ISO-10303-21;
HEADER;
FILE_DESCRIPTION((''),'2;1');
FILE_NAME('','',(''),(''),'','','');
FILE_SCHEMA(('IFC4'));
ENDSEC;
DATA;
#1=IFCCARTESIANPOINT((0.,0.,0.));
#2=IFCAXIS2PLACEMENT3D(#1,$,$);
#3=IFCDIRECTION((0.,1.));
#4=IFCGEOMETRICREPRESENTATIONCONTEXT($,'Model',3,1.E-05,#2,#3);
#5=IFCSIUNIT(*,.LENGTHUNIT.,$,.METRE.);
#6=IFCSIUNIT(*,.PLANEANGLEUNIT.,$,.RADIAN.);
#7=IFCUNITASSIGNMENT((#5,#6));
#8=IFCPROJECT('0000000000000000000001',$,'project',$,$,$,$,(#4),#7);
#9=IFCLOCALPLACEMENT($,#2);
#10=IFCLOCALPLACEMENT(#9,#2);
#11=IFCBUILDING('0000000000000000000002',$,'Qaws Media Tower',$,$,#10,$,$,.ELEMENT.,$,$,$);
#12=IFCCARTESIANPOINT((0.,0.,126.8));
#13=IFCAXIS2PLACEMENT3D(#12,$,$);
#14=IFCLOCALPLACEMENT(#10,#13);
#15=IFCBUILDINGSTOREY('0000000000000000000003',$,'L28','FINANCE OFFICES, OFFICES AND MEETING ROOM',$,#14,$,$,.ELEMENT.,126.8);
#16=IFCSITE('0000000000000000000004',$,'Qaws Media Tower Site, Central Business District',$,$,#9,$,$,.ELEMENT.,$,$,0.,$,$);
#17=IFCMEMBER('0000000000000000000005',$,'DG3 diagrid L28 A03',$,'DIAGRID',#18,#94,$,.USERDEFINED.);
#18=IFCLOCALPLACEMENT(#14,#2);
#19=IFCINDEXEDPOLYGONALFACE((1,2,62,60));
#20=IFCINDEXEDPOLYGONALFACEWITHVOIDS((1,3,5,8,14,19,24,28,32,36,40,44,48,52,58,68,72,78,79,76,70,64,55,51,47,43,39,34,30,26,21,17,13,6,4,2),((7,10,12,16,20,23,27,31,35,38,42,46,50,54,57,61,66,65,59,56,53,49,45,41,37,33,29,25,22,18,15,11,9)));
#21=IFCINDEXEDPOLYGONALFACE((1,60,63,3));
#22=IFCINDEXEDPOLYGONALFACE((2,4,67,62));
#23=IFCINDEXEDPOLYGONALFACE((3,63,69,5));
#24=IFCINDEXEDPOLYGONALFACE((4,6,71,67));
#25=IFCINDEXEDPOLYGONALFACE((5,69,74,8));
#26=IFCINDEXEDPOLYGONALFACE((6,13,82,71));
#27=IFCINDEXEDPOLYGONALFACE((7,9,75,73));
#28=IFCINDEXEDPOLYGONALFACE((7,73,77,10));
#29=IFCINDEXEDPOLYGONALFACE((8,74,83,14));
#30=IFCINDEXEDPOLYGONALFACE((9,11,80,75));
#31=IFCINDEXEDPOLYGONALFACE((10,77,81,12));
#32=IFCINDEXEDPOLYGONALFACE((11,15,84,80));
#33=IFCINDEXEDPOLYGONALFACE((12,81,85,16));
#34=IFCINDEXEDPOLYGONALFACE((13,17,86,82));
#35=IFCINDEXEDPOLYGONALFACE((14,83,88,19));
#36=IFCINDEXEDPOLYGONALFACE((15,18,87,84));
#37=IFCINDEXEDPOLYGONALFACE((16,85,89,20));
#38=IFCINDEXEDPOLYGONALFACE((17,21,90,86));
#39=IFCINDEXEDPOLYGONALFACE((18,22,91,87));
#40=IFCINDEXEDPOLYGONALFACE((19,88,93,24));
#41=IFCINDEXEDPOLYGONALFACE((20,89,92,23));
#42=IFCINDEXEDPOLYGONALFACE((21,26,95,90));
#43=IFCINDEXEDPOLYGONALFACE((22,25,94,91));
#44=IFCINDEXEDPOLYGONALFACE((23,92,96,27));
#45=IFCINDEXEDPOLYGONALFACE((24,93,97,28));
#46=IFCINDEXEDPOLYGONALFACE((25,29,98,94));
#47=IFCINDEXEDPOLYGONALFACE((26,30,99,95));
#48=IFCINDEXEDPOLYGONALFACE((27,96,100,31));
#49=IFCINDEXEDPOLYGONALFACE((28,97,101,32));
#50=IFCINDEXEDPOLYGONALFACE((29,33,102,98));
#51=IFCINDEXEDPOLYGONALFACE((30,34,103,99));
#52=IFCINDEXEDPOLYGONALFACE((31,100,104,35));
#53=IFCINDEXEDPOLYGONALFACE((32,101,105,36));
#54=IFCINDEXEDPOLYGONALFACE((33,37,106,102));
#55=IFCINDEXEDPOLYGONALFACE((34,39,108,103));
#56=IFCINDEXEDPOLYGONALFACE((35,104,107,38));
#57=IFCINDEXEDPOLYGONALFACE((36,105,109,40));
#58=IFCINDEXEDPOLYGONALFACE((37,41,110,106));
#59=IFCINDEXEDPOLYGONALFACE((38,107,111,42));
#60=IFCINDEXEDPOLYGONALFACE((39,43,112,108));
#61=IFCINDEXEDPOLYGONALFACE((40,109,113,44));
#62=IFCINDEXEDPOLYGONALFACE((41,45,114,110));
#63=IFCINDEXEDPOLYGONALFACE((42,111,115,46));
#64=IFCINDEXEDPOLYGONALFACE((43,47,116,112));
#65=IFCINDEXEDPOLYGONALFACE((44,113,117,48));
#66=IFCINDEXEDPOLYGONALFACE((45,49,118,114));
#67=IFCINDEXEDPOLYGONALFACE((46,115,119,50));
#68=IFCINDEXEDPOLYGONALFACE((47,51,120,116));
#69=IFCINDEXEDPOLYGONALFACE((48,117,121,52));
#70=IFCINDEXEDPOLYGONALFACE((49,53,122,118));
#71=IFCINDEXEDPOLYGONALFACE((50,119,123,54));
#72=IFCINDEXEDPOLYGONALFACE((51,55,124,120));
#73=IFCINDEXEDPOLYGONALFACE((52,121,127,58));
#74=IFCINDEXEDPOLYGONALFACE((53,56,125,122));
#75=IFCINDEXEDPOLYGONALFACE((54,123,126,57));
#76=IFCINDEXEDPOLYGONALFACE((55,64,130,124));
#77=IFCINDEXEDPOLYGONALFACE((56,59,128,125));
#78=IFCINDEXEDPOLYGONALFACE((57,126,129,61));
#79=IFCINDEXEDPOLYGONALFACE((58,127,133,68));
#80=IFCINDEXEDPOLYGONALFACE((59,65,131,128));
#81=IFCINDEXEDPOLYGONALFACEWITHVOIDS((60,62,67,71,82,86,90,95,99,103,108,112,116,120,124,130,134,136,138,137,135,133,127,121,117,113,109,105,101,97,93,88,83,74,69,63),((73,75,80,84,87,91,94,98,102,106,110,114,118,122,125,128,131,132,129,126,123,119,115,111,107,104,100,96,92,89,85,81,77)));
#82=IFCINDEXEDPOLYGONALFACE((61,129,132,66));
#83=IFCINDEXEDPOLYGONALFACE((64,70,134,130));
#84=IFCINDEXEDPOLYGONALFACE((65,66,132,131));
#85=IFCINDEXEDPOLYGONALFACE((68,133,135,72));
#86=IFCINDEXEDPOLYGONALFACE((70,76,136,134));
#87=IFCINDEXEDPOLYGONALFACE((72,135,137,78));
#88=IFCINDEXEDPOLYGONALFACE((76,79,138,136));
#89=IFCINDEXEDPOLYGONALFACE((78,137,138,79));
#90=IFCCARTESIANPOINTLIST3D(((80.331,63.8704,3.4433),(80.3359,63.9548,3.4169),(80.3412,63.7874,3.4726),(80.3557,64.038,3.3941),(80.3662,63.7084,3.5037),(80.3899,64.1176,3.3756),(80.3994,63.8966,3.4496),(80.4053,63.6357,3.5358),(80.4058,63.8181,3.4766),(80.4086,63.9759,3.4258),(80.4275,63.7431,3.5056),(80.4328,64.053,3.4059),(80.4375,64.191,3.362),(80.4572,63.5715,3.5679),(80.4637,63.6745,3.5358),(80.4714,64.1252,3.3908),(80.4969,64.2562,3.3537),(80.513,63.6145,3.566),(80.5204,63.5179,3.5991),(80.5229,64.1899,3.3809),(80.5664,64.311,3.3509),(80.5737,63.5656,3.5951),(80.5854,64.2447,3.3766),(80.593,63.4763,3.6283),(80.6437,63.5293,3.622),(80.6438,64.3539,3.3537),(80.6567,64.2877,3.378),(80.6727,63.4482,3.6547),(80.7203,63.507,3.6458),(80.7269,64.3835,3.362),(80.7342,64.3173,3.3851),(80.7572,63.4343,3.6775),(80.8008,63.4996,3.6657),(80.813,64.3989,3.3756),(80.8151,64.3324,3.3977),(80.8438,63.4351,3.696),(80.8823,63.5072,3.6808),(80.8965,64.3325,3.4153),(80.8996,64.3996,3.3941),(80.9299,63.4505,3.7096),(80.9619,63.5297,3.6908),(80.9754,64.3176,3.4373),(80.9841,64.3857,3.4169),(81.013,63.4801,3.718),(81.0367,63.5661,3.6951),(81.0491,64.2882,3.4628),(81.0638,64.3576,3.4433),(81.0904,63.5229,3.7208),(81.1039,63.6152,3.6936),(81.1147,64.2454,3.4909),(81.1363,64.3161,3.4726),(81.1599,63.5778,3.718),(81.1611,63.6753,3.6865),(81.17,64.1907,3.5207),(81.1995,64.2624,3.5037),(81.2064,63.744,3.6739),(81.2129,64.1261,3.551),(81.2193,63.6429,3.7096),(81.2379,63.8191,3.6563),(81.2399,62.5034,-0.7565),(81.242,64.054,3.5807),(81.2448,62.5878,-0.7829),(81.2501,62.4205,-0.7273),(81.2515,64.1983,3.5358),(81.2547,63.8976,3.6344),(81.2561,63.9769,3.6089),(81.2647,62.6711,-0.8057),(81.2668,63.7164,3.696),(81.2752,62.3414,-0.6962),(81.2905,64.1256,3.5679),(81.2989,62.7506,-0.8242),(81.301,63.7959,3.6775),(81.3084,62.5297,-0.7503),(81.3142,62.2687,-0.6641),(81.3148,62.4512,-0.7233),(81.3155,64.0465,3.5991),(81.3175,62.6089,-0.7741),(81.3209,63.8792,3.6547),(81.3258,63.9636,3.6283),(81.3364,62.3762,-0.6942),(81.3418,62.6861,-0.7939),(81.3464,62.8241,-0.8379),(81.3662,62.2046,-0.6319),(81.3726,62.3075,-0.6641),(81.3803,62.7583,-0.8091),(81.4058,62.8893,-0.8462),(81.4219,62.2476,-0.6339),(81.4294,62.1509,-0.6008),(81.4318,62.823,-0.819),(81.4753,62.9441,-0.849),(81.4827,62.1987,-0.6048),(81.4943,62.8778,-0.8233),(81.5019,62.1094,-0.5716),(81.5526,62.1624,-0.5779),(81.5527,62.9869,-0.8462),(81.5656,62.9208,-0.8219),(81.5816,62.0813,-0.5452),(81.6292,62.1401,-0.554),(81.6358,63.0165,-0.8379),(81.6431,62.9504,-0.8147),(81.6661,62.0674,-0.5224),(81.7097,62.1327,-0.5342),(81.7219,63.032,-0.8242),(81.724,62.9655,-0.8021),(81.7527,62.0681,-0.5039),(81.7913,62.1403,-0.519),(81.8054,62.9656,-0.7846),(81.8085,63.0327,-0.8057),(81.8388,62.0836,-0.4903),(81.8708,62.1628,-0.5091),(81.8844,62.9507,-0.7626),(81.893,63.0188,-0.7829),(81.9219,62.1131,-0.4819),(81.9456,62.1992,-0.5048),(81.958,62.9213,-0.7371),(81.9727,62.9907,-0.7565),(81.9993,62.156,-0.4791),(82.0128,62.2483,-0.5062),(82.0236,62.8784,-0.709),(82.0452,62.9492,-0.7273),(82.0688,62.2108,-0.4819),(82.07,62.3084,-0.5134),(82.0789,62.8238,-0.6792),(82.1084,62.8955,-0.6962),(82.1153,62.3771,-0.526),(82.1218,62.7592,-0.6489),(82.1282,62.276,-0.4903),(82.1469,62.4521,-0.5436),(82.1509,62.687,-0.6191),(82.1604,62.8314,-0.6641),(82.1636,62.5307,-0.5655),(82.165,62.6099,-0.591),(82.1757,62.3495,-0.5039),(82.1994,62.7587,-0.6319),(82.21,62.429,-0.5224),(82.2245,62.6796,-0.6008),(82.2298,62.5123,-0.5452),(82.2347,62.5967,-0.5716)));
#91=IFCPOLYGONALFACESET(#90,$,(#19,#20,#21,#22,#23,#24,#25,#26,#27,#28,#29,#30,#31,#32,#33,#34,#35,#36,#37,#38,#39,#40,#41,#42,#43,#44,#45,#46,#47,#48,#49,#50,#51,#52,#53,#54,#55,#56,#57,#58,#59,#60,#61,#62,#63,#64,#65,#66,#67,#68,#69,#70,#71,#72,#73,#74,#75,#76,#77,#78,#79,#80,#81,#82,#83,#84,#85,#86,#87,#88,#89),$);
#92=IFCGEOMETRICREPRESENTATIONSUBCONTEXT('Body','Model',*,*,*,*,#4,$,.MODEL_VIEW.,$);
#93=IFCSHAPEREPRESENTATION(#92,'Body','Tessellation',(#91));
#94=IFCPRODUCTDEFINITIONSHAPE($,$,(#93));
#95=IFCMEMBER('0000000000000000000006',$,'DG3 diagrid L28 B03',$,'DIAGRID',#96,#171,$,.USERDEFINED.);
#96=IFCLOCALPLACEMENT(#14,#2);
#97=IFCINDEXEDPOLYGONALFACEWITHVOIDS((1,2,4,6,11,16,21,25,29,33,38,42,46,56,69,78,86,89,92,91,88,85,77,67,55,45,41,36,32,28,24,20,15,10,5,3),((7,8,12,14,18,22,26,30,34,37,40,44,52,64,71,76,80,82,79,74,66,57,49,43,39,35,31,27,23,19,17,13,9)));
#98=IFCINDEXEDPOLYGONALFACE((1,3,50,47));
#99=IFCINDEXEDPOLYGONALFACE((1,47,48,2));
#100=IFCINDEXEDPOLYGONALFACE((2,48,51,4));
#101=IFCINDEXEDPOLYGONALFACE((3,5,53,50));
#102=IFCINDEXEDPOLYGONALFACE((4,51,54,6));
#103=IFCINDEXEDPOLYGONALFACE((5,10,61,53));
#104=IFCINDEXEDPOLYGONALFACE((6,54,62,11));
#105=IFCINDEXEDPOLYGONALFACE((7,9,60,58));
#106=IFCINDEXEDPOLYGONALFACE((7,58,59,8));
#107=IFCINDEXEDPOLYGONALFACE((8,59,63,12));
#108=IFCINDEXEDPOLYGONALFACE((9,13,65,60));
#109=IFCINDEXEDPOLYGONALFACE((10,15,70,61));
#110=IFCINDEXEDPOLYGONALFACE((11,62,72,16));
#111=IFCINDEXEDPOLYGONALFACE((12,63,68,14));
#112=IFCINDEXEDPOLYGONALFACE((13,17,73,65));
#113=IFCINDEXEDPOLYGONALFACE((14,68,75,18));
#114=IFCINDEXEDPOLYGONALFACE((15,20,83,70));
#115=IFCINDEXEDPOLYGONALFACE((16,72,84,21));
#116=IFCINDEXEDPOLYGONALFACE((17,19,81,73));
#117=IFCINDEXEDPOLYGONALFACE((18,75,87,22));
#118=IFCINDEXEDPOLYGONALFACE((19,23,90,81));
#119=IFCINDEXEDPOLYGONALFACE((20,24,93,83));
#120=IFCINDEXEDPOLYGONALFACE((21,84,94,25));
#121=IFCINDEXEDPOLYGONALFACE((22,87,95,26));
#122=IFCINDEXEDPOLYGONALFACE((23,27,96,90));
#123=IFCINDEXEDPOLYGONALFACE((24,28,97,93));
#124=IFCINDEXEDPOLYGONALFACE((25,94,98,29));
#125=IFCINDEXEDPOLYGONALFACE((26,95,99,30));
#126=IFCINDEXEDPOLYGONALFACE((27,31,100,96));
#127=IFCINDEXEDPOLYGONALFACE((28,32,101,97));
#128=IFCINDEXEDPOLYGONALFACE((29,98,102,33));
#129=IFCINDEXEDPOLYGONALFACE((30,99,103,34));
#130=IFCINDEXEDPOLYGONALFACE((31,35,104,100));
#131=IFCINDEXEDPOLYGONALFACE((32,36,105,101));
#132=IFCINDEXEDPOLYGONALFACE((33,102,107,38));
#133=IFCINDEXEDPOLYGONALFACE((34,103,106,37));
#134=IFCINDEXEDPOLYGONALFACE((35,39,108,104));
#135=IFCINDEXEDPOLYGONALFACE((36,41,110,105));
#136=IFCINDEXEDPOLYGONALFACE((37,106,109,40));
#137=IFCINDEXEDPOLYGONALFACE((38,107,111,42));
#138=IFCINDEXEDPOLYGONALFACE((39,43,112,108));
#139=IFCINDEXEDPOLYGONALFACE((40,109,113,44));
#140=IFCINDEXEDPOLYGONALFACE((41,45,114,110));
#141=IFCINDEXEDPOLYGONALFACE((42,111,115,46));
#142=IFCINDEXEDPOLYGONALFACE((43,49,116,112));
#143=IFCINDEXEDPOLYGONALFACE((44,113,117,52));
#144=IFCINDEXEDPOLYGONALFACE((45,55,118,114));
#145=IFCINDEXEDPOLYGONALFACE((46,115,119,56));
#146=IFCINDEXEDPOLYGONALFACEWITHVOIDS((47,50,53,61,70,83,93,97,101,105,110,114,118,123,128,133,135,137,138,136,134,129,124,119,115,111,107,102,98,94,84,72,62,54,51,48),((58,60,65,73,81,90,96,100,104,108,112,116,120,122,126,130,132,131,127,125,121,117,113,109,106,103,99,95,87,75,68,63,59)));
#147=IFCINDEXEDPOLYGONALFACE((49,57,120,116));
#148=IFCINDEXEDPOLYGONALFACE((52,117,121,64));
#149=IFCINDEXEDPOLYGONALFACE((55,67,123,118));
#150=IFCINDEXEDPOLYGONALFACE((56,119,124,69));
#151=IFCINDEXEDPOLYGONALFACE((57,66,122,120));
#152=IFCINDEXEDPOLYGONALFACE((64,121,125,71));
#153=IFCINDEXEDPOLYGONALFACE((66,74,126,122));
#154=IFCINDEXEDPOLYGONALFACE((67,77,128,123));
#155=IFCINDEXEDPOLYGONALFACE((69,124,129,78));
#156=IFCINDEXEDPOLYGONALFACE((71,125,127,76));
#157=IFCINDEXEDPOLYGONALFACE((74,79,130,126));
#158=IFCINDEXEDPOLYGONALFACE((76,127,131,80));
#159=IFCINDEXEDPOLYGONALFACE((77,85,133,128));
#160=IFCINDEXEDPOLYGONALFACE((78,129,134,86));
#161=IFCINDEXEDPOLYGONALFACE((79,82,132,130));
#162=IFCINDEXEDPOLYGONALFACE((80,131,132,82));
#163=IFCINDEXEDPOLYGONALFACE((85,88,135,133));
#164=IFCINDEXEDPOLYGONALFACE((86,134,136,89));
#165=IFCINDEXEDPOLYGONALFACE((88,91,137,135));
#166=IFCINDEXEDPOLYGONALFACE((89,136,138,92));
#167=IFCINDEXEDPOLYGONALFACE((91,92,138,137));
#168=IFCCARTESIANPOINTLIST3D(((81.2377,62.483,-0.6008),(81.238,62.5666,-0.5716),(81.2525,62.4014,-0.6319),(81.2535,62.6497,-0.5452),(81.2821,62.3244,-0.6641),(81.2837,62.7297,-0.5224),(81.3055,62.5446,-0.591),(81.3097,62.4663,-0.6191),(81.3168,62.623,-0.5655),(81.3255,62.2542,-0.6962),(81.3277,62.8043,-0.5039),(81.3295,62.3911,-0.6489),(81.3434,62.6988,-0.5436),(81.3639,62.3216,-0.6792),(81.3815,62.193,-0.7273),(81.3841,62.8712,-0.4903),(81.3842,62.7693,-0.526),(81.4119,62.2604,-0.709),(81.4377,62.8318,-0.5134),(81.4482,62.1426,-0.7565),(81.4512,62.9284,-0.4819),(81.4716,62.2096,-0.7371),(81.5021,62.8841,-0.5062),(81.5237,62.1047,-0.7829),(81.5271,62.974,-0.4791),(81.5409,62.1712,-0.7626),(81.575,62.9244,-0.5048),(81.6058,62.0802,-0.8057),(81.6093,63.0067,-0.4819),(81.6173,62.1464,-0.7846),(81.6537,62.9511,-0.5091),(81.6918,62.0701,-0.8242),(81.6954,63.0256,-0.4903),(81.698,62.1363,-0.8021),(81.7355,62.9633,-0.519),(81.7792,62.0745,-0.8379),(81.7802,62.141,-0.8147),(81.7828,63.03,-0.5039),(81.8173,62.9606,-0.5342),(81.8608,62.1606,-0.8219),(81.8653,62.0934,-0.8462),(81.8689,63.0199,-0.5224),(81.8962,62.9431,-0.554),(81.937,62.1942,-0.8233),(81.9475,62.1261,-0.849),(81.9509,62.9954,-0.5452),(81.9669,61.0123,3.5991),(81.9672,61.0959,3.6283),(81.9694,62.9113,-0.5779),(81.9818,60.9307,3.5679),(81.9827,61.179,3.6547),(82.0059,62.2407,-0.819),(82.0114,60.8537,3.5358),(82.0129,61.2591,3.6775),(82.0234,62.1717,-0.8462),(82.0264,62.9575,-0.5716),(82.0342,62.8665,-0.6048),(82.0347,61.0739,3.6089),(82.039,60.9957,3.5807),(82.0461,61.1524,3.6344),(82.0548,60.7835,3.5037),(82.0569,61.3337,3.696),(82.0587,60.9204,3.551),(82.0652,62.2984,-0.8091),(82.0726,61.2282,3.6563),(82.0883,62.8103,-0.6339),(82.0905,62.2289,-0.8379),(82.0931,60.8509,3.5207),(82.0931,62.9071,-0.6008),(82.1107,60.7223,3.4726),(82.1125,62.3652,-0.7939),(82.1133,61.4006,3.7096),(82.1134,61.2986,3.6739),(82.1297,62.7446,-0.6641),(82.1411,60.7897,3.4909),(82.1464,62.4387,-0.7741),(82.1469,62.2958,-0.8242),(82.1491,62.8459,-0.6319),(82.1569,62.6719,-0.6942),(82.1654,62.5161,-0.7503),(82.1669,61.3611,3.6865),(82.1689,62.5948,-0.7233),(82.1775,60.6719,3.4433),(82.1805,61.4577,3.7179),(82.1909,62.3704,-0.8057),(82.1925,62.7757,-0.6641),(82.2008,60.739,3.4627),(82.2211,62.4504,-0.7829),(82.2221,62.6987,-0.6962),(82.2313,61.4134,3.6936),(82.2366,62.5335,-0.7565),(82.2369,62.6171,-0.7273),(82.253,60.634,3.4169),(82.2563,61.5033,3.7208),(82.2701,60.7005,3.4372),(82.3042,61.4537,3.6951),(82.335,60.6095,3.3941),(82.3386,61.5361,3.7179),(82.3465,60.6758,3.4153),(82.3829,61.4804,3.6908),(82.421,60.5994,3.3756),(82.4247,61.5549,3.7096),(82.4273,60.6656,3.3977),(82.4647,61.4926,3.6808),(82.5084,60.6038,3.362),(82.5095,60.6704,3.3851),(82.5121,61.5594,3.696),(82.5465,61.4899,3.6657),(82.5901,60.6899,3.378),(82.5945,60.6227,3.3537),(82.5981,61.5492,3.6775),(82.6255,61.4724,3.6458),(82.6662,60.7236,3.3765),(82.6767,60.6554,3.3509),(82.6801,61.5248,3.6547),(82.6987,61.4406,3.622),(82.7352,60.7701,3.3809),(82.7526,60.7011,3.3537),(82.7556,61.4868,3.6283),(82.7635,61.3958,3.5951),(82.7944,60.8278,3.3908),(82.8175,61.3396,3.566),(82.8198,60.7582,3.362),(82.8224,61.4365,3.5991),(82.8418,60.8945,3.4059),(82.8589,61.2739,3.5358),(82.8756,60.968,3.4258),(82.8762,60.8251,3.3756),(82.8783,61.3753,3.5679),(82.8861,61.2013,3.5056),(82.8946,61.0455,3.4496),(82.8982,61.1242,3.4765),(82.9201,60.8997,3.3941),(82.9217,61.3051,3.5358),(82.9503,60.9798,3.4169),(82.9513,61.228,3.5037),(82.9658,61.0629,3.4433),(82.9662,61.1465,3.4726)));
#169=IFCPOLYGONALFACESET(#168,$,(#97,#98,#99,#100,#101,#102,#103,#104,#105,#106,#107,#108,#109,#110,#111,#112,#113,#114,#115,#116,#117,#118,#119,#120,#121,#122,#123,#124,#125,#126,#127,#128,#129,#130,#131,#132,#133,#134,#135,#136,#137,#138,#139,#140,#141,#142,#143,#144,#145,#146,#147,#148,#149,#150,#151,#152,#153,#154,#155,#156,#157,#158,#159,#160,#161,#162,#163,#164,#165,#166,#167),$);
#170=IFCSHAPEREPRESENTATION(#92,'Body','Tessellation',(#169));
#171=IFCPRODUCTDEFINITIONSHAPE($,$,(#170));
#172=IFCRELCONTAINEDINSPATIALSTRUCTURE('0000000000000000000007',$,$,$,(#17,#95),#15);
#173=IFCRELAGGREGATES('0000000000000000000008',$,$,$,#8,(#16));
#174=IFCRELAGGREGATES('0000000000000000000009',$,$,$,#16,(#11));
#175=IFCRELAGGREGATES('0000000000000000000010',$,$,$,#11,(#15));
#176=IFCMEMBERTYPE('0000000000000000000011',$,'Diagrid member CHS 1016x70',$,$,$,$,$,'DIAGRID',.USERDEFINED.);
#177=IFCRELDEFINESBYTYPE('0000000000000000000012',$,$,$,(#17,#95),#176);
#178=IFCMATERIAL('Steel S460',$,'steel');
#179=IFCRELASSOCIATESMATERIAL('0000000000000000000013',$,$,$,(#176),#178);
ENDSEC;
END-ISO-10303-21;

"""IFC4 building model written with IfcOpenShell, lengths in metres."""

from ifc_helpers import new_model, si_unit, direction, frame, origin, origin_2d, place, context, subcontext, project, spatial, hollow_circle, extrude, material, material_profile, profile_set, type_object, element, save


model = new_model("IFC4")

# Units and contexts
model_context = context("Model", 3, precision=1e-05, world=origin(), true_north=direction((0.0, 1.0)))
body_context = subcontext(model_context, "Body", "Model", "MODEL_VIEW")
ifc_project = project(units=[si_unit("LENGTHUNIT", "METRE"), si_unit("PLANEANGLEUNIT", "RADIAN")], contexts=[model_context])

# Site, building, storey
site_placement = place(None, origin())
site = spatial("IfcSite", under=ifc_project, at=site_placement, Name="Qaws Media Tower Site, Central Business District", CompositionType="ELEMENT", RefElevation=0.0)
building_placement = place(site_placement, origin())
building = spatial("IfcBuilding", under=site, at=building_placement, Name="Qaws Media Tower", CompositionType="ELEMENT")
storey_placement = place(building_placement, frame((0.0, 0.0, 126.8)))
storey = spatial("IfcBuildingStorey", under=building, at=storey_placement, Name="L28", Description="FINANCE OFFICES, OFFICES AND MEETING ROOM", CompositionType="ELEMENT", Elevation=126.8)

# Members
ifc_material_1 = material(Name="Steel S460", Category="steel")
ifc_material_profile_1 = material_profile(ifc_material_1, hollow_circle(Radius=0.5081, WallThickness=0.0701, at=origin_2d()), Name="CHS 1016x70")
ifc_profile_set_1 = profile_set([ifc_material_profile_1], Name="Steel S460")
member_type_1 = type_object("IfcMemberType", Name="Diagrid member CHS 1016x70", ElementType="DIAGRID", PredefinedType="USERDEFINED", material=ifc_profile_set_1)
for number, where, z_axis, x_axis, name in (
    (1, (81.7373, 62.55, -0.6641), (-0.201567, 0.303135, 0.931386), (-0.832713, -0.553704, 0.0), "DG3 diagrid L28 A03"),
    (2, (81.7373, 62.55, -0.6641), (0.161719, -0.326144, 0.931384), (0.895909, 0.444237, 0.0), "DG3 diagrid L28 B03"),
):
    element("IfcMember", number, at=place(storey_placement, frame(where, z_axis=z_axis, x_axis=x_axis)), inside=storey, type_object=member_type_1, Name=name, ObjectType="DIAGRID", PredefinedType="USERDEFINED", context=body_context, shape_type="SweptSolid", body=[
        extrude(hollow_circle(Radius=0.5081, WallThickness=0.0701, at=origin_2d()), origin(), (0.0, 0.0, 1.0), 4.5093),
    ])

save(model, "model.ifc")
